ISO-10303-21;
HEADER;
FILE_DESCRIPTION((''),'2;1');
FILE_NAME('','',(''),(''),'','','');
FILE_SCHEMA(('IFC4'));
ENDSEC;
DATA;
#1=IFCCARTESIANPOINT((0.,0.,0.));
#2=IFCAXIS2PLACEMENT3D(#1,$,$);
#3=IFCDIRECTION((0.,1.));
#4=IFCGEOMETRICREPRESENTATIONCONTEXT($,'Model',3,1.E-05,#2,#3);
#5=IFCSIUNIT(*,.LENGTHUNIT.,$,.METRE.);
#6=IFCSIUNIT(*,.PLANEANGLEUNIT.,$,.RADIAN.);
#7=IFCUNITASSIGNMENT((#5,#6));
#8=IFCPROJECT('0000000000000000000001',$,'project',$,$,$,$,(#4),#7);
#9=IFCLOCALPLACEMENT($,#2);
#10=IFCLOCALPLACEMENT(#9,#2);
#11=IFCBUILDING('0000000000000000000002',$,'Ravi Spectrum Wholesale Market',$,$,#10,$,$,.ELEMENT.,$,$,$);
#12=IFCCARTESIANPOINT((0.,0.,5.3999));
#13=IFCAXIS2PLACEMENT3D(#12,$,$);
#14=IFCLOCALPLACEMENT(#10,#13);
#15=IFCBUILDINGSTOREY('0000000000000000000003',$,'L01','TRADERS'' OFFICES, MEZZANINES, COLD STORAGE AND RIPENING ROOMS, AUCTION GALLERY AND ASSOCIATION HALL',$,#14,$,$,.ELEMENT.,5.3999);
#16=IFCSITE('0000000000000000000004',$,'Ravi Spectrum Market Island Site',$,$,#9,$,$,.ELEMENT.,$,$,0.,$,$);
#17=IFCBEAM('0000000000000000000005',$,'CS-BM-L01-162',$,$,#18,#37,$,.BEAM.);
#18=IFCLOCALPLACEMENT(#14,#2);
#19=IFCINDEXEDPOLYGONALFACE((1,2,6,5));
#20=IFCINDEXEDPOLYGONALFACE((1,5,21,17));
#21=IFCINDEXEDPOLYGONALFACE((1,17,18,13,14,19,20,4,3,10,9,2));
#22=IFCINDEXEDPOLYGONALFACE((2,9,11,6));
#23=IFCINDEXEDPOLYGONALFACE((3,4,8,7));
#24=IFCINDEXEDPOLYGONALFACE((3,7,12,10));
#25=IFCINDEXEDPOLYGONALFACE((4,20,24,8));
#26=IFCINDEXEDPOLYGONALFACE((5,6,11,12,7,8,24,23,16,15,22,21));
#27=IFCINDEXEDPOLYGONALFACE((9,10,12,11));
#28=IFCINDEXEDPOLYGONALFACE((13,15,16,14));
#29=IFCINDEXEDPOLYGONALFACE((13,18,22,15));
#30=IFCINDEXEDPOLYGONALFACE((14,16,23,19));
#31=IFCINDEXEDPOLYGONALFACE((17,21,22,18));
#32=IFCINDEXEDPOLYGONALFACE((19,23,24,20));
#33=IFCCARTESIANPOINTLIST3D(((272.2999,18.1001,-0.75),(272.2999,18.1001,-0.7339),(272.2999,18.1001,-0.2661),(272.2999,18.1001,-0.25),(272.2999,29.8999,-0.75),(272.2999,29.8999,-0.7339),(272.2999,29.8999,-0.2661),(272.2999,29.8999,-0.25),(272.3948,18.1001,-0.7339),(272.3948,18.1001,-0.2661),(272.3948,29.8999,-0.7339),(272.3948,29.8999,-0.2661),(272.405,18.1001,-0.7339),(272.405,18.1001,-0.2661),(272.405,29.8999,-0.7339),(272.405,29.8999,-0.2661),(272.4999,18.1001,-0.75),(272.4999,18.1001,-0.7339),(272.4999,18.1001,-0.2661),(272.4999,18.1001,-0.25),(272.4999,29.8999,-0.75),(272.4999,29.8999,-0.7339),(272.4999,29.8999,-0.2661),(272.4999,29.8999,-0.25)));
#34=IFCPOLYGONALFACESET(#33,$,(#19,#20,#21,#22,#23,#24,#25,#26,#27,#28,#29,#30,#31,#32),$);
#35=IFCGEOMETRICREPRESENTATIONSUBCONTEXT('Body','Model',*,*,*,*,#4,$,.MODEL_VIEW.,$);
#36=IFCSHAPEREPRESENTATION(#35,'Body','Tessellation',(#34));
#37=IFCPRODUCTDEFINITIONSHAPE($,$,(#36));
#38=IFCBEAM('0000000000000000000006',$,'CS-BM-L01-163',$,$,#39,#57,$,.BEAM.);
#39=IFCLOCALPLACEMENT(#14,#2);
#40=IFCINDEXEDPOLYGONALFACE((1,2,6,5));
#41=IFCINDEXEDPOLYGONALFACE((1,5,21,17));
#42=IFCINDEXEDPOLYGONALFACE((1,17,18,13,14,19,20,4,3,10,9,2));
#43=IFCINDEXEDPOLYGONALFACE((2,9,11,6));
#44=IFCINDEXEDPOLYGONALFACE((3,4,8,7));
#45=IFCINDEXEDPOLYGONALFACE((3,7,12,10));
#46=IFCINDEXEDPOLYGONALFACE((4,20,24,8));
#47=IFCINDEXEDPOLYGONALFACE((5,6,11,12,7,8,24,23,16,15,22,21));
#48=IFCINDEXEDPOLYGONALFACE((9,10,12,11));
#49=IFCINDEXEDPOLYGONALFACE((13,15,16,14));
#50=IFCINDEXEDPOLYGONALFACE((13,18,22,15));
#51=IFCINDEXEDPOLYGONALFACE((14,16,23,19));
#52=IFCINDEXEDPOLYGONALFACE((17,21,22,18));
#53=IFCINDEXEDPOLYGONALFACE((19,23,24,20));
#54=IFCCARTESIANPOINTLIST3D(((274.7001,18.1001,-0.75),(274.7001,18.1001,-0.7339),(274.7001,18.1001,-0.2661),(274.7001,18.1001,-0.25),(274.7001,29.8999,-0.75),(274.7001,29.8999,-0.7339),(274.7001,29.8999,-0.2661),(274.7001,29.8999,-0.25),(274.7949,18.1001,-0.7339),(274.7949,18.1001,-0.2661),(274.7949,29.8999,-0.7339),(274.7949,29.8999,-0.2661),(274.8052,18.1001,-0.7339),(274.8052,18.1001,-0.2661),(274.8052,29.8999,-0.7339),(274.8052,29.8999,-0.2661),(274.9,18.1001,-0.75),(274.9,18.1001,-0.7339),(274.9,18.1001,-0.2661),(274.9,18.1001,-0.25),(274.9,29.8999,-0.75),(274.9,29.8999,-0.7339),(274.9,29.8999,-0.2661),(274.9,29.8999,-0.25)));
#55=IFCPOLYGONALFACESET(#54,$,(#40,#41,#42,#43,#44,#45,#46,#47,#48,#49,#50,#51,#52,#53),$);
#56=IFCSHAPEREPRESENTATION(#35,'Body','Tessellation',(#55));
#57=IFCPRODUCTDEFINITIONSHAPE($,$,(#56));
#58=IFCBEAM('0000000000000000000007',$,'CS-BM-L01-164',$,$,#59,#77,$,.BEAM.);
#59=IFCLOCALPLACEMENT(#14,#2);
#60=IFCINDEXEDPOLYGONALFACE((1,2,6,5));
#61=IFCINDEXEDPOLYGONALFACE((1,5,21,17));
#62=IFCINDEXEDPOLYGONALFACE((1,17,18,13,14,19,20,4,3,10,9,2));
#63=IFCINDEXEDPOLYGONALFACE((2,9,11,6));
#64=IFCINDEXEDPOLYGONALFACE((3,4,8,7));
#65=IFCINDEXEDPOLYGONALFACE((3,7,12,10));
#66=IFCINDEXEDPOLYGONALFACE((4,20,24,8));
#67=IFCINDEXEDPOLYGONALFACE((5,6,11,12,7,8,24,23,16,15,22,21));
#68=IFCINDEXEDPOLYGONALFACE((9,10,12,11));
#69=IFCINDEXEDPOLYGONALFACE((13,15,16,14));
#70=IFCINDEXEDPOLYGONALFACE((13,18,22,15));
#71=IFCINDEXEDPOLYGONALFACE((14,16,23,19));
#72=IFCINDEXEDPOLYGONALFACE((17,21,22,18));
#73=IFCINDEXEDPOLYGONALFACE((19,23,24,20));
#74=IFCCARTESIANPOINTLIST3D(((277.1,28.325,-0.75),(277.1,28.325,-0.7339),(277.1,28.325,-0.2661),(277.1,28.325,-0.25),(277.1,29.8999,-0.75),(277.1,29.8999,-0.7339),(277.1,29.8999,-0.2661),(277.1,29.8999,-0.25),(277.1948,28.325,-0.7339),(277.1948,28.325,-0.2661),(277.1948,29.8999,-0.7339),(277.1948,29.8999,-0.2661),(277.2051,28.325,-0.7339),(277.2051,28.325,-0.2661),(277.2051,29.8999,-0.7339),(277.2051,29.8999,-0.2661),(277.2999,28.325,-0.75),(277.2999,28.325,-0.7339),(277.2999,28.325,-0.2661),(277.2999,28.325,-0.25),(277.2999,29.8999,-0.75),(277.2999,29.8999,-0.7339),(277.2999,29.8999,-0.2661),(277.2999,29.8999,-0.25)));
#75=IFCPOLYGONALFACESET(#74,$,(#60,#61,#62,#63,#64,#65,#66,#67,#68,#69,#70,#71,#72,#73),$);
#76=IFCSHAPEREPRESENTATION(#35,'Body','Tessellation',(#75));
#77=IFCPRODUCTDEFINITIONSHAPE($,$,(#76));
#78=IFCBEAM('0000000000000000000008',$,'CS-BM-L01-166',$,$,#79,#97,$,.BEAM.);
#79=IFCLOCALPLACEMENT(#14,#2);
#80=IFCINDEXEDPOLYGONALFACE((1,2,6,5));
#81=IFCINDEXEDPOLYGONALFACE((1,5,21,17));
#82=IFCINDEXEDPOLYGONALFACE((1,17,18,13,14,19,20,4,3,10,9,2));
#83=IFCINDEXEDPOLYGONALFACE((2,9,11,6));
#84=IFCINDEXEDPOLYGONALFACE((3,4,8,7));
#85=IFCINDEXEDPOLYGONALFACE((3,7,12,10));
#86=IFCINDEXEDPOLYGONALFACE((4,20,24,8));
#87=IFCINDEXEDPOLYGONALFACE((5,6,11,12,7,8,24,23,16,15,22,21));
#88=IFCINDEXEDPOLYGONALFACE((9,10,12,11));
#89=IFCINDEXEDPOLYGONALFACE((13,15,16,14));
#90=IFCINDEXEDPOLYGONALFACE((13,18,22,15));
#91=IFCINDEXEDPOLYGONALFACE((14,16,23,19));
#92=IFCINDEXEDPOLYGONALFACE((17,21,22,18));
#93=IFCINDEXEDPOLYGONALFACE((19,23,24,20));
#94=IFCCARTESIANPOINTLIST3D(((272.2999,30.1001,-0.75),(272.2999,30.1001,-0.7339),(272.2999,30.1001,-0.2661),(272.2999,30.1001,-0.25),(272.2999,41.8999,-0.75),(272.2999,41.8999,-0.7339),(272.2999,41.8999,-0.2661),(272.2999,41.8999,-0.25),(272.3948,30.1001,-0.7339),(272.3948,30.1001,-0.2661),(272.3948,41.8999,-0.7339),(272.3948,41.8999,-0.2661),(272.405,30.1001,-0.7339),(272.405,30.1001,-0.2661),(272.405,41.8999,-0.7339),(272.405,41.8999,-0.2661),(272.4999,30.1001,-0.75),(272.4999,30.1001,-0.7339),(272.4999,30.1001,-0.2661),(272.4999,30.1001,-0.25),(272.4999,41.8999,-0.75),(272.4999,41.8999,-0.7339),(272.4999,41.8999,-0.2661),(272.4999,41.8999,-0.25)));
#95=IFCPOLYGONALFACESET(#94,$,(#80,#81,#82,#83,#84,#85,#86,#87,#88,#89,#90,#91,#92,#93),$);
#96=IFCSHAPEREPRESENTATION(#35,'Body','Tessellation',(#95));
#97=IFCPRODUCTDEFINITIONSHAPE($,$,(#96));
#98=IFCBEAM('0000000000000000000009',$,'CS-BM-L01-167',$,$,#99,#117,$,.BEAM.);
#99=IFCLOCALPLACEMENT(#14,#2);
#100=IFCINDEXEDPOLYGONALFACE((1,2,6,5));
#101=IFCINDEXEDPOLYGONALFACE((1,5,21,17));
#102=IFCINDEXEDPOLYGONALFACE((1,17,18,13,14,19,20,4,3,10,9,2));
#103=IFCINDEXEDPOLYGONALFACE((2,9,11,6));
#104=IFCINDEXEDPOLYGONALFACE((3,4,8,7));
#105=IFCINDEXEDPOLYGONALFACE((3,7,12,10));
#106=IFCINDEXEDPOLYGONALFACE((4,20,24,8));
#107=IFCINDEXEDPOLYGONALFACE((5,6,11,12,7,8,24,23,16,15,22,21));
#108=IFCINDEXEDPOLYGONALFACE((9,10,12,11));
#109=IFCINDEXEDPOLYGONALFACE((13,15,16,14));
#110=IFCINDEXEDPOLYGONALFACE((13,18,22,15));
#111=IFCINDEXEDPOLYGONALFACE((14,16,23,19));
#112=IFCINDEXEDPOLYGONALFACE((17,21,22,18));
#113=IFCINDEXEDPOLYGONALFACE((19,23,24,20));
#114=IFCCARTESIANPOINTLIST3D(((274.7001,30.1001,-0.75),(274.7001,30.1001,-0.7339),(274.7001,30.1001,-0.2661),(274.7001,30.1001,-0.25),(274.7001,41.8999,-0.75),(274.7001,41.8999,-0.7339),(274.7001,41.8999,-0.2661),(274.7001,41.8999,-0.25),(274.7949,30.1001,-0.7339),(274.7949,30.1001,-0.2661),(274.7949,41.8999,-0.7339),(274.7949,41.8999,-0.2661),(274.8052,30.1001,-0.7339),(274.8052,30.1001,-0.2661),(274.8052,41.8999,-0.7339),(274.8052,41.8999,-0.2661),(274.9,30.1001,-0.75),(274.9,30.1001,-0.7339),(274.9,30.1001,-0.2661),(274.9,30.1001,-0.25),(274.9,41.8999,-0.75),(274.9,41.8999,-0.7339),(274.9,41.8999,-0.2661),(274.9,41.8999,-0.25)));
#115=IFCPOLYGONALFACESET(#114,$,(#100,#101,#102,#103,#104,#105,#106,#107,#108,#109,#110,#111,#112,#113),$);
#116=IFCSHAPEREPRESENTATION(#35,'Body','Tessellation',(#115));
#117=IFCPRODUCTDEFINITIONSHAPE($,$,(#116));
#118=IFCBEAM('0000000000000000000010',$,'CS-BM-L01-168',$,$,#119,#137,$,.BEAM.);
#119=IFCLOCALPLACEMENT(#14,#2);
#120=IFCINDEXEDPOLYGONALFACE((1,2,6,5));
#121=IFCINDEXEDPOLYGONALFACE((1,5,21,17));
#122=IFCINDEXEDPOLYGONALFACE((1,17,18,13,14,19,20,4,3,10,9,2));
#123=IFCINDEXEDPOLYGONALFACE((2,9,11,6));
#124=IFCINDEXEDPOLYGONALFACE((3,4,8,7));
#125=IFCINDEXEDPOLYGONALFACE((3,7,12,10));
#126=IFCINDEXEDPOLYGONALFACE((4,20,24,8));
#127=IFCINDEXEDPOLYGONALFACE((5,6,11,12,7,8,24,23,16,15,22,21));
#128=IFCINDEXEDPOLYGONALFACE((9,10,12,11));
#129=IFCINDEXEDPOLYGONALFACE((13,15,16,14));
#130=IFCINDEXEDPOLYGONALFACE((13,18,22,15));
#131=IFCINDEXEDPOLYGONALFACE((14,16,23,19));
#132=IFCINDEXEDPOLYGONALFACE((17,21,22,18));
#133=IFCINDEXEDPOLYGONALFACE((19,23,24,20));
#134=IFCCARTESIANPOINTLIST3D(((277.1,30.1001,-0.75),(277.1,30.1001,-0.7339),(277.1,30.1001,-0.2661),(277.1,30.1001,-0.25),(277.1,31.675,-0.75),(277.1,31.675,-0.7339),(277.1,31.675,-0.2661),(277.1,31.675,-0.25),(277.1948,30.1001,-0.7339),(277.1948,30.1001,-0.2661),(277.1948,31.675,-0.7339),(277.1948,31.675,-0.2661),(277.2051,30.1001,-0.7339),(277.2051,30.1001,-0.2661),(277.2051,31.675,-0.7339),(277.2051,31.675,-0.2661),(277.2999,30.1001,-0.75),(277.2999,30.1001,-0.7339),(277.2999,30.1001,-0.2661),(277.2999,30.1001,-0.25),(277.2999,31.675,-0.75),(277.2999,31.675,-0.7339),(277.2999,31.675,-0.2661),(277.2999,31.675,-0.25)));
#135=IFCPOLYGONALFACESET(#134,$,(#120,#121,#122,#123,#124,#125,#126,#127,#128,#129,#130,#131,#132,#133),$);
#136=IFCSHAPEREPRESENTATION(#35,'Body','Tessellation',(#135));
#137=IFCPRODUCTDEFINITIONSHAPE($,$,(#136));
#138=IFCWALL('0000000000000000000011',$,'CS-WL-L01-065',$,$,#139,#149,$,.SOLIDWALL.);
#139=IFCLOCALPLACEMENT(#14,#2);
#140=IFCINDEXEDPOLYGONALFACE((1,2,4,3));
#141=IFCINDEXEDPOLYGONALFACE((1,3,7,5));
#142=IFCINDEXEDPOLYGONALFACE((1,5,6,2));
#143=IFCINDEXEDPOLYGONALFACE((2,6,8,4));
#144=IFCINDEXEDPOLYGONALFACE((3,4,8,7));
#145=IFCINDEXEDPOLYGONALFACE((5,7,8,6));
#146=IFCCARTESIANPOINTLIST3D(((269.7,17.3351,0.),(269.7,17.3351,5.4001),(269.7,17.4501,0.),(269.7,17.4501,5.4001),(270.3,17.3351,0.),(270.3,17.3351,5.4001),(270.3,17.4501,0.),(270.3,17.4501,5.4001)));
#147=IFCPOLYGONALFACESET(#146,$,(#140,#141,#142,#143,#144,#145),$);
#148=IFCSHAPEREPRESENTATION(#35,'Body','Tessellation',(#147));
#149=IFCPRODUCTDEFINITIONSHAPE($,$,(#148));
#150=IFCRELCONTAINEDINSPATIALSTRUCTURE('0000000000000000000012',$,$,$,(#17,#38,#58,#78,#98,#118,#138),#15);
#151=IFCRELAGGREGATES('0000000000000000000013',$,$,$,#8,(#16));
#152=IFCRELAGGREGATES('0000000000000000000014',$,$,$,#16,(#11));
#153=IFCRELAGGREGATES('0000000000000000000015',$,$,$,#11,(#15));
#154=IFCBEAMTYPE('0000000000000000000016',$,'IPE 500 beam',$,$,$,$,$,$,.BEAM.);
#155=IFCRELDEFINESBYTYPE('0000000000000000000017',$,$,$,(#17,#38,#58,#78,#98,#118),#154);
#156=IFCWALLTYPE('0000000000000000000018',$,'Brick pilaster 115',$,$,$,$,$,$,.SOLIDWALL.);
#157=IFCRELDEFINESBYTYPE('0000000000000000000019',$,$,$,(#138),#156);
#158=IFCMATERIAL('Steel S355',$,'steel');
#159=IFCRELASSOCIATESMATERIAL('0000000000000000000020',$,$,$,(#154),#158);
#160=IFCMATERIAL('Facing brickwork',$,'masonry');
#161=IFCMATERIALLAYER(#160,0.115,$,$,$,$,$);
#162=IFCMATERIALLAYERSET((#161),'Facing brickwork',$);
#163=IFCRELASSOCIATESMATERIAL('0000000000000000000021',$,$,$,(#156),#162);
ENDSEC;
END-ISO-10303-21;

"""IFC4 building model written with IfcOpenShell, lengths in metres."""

from ifc_helpers import new_model, si_unit, direction, frame, frame_2d, origin, origin_2d, place, context, subcontext, project, spatial, rectangle, i_section, extrude, material, layer, layer_set, material_profile, profile_set, type_object, element, save


model = new_model("IFC4")

# Units and contexts
model_context = context("Model", 3, precision=1e-05, world=origin(), true_north=direction((0.0, 1.0)))
body_context = subcontext(model_context, "Body", "Model", "MODEL_VIEW")
ifc_project = project(units=[si_unit("LENGTHUNIT", "METRE"), si_unit("PLANEANGLEUNIT", "RADIAN")], contexts=[model_context])

# Site, building, storey
site_placement = place(None, origin())
site = spatial("IfcSite", under=ifc_project, at=site_placement, Name="Ravi Spectrum Market Island Site", CompositionType="ELEMENT", RefElevation=0.0)
building_placement = place(site_placement, origin())
building = spatial("IfcBuilding", under=site, at=building_placement, Name="Ravi Spectrum Wholesale Market", CompositionType="ELEMENT")
storey_placement = place(building_placement, frame((0.0, 0.0, 5.3999)))
storey = spatial("IfcBuildingStorey", under=building, at=storey_placement, Name="L01", Description="TRADERS' OFFICES, MEZZANINES, COLD STORAGE AND RIPENING ROOMS, AUCTION GALLERY AND ASSOCIATION HALL", CompositionType="ELEMENT", Elevation=5.3999)

# Beams
ifc_material_1 = material(Name="Steel S355", Category="steel")
ifc_material_profile_1 = material_profile(ifc_material_1, i_section(OverallWidth=0.2, OverallDepth=0.5, WebThickness=0.0103, FlangeThickness=0.0161, at=origin_2d()))
ifc_profile_set_1 = profile_set([ifc_material_profile_1], Name="Steel S355")
beam_type_1 = type_object("IfcBeamType", Name="IPE 500 beam", PredefinedType="BEAM", material=ifc_profile_set_1)
for number, where, z_axis, x_axis, name in (
    (1, (272.3999, 18.1001, -0.5), (0.0, 1.0, 0.0), (-1.0, 0.0, 0.0), "CS-BM-L01-162"),
    (2, (274.8, 18.1001, -0.5), (0.0, 1.0, 0.0), (-1.0, 0.0, 0.0), "CS-BM-L01-163"),
):
    element("IfcBeam", number, at=place(storey_placement, frame(where, z_axis=z_axis, x_axis=x_axis)), inside=storey, type_object=beam_type_1, Name=name, PredefinedType="BEAM", context=body_context, shape_type="SweptSolid", body=[
        extrude(i_section(OverallWidth=0.2, OverallDepth=0.5, WebThickness=0.0103, FlangeThickness=0.0161, at=origin_2d()), origin(), (0.0, 0.0, 1.0), 11.7998),
    ])
beam_1_placement = place(storey_placement, frame((277.2, 28.325, -0.5), z_axis=(0.0, 1.0, 0.0), x_axis=(-1.0, 0.0, 0.0)))
element("IfcBeam", 3, at=beam_1_placement, inside=storey, type_object=beam_type_1, Name="CS-BM-L01-164", PredefinedType="BEAM", context=body_context, shape_type="SweptSolid", body=[
    extrude(i_section(OverallWidth=0.2, OverallDepth=0.5, WebThickness=0.0103, FlangeThickness=0.0161, at=origin_2d()), origin(), (0.0, 0.0, 1.0), 1.575),
])
for number, where, z_axis, x_axis, name in (
    (4, (272.3999, 30.1001, -0.5), (0.0, 1.0, 0.0), (-1.0, 0.0, 0.0), "CS-BM-L01-166"),
    (5, (274.8, 30.1001, -0.5), (0.0, 1.0, 0.0), (-1.0, 0.0, 0.0), "CS-BM-L01-167"),
):
    element("IfcBeam", number, at=place(storey_placement, frame(where, z_axis=z_axis, x_axis=x_axis)), inside=storey, type_object=beam_type_1, Name=name, PredefinedType="BEAM", context=body_context, shape_type="SweptSolid", body=[
        extrude(i_section(OverallWidth=0.2, OverallDepth=0.5, WebThickness=0.0103, FlangeThickness=0.0161, at=origin_2d()), origin(), (0.0, 0.0, 1.0), 11.7998),
    ])
beam_2_placement = place(storey_placement, frame((277.2, 30.1001, -0.5), z_axis=(0.0, 1.0, 0.0), x_axis=(-1.0, 0.0, 0.0)))
element("IfcBeam", 6, at=beam_2_placement, inside=storey, type_object=beam_type_1, Name="CS-BM-L01-168", PredefinedType="BEAM", context=body_context, shape_type="SweptSolid", body=[
    extrude(i_section(OverallWidth=0.2, OverallDepth=0.5, WebThickness=0.0103, FlangeThickness=0.0161, at=origin_2d()), origin(), (0.0, 0.0, 1.0), 1.575),
])

# Wall
ifc_material_2 = material(Name="Facing brickwork", Category="masonry")
ifc_layer_1 = layer(ifc_material_2, 0.115)
ifc_layer_set_1 = layer_set([ifc_layer_1], Name="Facing brickwork")
wall_type_1 = type_object("IfcWallType", Name="Brick pilaster 115", PredefinedType="SOLIDWALL", material=ifc_layer_set_1)
wall_1_placement = place(storey_placement, frame((269.7, 17.3926, 0.0), z_axis=(0.0, 0.0, 1.0), x_axis=(1.0, 0.0, 0.0)))
element("IfcWall", 7, at=wall_1_placement, inside=storey, type_object=wall_type_1, Name="CS-WL-L01-065", PredefinedType="SOLIDWALL", context=body_context, shape_type="SweptSolid", body=[
    extrude(rectangle(XDim=0.6001, YDim=0.115, at=frame_2d((0.3, 0.0))), origin(), (0.0, 0.0, 1.0), 5.4001),
])

save(model, "model.ifc")
